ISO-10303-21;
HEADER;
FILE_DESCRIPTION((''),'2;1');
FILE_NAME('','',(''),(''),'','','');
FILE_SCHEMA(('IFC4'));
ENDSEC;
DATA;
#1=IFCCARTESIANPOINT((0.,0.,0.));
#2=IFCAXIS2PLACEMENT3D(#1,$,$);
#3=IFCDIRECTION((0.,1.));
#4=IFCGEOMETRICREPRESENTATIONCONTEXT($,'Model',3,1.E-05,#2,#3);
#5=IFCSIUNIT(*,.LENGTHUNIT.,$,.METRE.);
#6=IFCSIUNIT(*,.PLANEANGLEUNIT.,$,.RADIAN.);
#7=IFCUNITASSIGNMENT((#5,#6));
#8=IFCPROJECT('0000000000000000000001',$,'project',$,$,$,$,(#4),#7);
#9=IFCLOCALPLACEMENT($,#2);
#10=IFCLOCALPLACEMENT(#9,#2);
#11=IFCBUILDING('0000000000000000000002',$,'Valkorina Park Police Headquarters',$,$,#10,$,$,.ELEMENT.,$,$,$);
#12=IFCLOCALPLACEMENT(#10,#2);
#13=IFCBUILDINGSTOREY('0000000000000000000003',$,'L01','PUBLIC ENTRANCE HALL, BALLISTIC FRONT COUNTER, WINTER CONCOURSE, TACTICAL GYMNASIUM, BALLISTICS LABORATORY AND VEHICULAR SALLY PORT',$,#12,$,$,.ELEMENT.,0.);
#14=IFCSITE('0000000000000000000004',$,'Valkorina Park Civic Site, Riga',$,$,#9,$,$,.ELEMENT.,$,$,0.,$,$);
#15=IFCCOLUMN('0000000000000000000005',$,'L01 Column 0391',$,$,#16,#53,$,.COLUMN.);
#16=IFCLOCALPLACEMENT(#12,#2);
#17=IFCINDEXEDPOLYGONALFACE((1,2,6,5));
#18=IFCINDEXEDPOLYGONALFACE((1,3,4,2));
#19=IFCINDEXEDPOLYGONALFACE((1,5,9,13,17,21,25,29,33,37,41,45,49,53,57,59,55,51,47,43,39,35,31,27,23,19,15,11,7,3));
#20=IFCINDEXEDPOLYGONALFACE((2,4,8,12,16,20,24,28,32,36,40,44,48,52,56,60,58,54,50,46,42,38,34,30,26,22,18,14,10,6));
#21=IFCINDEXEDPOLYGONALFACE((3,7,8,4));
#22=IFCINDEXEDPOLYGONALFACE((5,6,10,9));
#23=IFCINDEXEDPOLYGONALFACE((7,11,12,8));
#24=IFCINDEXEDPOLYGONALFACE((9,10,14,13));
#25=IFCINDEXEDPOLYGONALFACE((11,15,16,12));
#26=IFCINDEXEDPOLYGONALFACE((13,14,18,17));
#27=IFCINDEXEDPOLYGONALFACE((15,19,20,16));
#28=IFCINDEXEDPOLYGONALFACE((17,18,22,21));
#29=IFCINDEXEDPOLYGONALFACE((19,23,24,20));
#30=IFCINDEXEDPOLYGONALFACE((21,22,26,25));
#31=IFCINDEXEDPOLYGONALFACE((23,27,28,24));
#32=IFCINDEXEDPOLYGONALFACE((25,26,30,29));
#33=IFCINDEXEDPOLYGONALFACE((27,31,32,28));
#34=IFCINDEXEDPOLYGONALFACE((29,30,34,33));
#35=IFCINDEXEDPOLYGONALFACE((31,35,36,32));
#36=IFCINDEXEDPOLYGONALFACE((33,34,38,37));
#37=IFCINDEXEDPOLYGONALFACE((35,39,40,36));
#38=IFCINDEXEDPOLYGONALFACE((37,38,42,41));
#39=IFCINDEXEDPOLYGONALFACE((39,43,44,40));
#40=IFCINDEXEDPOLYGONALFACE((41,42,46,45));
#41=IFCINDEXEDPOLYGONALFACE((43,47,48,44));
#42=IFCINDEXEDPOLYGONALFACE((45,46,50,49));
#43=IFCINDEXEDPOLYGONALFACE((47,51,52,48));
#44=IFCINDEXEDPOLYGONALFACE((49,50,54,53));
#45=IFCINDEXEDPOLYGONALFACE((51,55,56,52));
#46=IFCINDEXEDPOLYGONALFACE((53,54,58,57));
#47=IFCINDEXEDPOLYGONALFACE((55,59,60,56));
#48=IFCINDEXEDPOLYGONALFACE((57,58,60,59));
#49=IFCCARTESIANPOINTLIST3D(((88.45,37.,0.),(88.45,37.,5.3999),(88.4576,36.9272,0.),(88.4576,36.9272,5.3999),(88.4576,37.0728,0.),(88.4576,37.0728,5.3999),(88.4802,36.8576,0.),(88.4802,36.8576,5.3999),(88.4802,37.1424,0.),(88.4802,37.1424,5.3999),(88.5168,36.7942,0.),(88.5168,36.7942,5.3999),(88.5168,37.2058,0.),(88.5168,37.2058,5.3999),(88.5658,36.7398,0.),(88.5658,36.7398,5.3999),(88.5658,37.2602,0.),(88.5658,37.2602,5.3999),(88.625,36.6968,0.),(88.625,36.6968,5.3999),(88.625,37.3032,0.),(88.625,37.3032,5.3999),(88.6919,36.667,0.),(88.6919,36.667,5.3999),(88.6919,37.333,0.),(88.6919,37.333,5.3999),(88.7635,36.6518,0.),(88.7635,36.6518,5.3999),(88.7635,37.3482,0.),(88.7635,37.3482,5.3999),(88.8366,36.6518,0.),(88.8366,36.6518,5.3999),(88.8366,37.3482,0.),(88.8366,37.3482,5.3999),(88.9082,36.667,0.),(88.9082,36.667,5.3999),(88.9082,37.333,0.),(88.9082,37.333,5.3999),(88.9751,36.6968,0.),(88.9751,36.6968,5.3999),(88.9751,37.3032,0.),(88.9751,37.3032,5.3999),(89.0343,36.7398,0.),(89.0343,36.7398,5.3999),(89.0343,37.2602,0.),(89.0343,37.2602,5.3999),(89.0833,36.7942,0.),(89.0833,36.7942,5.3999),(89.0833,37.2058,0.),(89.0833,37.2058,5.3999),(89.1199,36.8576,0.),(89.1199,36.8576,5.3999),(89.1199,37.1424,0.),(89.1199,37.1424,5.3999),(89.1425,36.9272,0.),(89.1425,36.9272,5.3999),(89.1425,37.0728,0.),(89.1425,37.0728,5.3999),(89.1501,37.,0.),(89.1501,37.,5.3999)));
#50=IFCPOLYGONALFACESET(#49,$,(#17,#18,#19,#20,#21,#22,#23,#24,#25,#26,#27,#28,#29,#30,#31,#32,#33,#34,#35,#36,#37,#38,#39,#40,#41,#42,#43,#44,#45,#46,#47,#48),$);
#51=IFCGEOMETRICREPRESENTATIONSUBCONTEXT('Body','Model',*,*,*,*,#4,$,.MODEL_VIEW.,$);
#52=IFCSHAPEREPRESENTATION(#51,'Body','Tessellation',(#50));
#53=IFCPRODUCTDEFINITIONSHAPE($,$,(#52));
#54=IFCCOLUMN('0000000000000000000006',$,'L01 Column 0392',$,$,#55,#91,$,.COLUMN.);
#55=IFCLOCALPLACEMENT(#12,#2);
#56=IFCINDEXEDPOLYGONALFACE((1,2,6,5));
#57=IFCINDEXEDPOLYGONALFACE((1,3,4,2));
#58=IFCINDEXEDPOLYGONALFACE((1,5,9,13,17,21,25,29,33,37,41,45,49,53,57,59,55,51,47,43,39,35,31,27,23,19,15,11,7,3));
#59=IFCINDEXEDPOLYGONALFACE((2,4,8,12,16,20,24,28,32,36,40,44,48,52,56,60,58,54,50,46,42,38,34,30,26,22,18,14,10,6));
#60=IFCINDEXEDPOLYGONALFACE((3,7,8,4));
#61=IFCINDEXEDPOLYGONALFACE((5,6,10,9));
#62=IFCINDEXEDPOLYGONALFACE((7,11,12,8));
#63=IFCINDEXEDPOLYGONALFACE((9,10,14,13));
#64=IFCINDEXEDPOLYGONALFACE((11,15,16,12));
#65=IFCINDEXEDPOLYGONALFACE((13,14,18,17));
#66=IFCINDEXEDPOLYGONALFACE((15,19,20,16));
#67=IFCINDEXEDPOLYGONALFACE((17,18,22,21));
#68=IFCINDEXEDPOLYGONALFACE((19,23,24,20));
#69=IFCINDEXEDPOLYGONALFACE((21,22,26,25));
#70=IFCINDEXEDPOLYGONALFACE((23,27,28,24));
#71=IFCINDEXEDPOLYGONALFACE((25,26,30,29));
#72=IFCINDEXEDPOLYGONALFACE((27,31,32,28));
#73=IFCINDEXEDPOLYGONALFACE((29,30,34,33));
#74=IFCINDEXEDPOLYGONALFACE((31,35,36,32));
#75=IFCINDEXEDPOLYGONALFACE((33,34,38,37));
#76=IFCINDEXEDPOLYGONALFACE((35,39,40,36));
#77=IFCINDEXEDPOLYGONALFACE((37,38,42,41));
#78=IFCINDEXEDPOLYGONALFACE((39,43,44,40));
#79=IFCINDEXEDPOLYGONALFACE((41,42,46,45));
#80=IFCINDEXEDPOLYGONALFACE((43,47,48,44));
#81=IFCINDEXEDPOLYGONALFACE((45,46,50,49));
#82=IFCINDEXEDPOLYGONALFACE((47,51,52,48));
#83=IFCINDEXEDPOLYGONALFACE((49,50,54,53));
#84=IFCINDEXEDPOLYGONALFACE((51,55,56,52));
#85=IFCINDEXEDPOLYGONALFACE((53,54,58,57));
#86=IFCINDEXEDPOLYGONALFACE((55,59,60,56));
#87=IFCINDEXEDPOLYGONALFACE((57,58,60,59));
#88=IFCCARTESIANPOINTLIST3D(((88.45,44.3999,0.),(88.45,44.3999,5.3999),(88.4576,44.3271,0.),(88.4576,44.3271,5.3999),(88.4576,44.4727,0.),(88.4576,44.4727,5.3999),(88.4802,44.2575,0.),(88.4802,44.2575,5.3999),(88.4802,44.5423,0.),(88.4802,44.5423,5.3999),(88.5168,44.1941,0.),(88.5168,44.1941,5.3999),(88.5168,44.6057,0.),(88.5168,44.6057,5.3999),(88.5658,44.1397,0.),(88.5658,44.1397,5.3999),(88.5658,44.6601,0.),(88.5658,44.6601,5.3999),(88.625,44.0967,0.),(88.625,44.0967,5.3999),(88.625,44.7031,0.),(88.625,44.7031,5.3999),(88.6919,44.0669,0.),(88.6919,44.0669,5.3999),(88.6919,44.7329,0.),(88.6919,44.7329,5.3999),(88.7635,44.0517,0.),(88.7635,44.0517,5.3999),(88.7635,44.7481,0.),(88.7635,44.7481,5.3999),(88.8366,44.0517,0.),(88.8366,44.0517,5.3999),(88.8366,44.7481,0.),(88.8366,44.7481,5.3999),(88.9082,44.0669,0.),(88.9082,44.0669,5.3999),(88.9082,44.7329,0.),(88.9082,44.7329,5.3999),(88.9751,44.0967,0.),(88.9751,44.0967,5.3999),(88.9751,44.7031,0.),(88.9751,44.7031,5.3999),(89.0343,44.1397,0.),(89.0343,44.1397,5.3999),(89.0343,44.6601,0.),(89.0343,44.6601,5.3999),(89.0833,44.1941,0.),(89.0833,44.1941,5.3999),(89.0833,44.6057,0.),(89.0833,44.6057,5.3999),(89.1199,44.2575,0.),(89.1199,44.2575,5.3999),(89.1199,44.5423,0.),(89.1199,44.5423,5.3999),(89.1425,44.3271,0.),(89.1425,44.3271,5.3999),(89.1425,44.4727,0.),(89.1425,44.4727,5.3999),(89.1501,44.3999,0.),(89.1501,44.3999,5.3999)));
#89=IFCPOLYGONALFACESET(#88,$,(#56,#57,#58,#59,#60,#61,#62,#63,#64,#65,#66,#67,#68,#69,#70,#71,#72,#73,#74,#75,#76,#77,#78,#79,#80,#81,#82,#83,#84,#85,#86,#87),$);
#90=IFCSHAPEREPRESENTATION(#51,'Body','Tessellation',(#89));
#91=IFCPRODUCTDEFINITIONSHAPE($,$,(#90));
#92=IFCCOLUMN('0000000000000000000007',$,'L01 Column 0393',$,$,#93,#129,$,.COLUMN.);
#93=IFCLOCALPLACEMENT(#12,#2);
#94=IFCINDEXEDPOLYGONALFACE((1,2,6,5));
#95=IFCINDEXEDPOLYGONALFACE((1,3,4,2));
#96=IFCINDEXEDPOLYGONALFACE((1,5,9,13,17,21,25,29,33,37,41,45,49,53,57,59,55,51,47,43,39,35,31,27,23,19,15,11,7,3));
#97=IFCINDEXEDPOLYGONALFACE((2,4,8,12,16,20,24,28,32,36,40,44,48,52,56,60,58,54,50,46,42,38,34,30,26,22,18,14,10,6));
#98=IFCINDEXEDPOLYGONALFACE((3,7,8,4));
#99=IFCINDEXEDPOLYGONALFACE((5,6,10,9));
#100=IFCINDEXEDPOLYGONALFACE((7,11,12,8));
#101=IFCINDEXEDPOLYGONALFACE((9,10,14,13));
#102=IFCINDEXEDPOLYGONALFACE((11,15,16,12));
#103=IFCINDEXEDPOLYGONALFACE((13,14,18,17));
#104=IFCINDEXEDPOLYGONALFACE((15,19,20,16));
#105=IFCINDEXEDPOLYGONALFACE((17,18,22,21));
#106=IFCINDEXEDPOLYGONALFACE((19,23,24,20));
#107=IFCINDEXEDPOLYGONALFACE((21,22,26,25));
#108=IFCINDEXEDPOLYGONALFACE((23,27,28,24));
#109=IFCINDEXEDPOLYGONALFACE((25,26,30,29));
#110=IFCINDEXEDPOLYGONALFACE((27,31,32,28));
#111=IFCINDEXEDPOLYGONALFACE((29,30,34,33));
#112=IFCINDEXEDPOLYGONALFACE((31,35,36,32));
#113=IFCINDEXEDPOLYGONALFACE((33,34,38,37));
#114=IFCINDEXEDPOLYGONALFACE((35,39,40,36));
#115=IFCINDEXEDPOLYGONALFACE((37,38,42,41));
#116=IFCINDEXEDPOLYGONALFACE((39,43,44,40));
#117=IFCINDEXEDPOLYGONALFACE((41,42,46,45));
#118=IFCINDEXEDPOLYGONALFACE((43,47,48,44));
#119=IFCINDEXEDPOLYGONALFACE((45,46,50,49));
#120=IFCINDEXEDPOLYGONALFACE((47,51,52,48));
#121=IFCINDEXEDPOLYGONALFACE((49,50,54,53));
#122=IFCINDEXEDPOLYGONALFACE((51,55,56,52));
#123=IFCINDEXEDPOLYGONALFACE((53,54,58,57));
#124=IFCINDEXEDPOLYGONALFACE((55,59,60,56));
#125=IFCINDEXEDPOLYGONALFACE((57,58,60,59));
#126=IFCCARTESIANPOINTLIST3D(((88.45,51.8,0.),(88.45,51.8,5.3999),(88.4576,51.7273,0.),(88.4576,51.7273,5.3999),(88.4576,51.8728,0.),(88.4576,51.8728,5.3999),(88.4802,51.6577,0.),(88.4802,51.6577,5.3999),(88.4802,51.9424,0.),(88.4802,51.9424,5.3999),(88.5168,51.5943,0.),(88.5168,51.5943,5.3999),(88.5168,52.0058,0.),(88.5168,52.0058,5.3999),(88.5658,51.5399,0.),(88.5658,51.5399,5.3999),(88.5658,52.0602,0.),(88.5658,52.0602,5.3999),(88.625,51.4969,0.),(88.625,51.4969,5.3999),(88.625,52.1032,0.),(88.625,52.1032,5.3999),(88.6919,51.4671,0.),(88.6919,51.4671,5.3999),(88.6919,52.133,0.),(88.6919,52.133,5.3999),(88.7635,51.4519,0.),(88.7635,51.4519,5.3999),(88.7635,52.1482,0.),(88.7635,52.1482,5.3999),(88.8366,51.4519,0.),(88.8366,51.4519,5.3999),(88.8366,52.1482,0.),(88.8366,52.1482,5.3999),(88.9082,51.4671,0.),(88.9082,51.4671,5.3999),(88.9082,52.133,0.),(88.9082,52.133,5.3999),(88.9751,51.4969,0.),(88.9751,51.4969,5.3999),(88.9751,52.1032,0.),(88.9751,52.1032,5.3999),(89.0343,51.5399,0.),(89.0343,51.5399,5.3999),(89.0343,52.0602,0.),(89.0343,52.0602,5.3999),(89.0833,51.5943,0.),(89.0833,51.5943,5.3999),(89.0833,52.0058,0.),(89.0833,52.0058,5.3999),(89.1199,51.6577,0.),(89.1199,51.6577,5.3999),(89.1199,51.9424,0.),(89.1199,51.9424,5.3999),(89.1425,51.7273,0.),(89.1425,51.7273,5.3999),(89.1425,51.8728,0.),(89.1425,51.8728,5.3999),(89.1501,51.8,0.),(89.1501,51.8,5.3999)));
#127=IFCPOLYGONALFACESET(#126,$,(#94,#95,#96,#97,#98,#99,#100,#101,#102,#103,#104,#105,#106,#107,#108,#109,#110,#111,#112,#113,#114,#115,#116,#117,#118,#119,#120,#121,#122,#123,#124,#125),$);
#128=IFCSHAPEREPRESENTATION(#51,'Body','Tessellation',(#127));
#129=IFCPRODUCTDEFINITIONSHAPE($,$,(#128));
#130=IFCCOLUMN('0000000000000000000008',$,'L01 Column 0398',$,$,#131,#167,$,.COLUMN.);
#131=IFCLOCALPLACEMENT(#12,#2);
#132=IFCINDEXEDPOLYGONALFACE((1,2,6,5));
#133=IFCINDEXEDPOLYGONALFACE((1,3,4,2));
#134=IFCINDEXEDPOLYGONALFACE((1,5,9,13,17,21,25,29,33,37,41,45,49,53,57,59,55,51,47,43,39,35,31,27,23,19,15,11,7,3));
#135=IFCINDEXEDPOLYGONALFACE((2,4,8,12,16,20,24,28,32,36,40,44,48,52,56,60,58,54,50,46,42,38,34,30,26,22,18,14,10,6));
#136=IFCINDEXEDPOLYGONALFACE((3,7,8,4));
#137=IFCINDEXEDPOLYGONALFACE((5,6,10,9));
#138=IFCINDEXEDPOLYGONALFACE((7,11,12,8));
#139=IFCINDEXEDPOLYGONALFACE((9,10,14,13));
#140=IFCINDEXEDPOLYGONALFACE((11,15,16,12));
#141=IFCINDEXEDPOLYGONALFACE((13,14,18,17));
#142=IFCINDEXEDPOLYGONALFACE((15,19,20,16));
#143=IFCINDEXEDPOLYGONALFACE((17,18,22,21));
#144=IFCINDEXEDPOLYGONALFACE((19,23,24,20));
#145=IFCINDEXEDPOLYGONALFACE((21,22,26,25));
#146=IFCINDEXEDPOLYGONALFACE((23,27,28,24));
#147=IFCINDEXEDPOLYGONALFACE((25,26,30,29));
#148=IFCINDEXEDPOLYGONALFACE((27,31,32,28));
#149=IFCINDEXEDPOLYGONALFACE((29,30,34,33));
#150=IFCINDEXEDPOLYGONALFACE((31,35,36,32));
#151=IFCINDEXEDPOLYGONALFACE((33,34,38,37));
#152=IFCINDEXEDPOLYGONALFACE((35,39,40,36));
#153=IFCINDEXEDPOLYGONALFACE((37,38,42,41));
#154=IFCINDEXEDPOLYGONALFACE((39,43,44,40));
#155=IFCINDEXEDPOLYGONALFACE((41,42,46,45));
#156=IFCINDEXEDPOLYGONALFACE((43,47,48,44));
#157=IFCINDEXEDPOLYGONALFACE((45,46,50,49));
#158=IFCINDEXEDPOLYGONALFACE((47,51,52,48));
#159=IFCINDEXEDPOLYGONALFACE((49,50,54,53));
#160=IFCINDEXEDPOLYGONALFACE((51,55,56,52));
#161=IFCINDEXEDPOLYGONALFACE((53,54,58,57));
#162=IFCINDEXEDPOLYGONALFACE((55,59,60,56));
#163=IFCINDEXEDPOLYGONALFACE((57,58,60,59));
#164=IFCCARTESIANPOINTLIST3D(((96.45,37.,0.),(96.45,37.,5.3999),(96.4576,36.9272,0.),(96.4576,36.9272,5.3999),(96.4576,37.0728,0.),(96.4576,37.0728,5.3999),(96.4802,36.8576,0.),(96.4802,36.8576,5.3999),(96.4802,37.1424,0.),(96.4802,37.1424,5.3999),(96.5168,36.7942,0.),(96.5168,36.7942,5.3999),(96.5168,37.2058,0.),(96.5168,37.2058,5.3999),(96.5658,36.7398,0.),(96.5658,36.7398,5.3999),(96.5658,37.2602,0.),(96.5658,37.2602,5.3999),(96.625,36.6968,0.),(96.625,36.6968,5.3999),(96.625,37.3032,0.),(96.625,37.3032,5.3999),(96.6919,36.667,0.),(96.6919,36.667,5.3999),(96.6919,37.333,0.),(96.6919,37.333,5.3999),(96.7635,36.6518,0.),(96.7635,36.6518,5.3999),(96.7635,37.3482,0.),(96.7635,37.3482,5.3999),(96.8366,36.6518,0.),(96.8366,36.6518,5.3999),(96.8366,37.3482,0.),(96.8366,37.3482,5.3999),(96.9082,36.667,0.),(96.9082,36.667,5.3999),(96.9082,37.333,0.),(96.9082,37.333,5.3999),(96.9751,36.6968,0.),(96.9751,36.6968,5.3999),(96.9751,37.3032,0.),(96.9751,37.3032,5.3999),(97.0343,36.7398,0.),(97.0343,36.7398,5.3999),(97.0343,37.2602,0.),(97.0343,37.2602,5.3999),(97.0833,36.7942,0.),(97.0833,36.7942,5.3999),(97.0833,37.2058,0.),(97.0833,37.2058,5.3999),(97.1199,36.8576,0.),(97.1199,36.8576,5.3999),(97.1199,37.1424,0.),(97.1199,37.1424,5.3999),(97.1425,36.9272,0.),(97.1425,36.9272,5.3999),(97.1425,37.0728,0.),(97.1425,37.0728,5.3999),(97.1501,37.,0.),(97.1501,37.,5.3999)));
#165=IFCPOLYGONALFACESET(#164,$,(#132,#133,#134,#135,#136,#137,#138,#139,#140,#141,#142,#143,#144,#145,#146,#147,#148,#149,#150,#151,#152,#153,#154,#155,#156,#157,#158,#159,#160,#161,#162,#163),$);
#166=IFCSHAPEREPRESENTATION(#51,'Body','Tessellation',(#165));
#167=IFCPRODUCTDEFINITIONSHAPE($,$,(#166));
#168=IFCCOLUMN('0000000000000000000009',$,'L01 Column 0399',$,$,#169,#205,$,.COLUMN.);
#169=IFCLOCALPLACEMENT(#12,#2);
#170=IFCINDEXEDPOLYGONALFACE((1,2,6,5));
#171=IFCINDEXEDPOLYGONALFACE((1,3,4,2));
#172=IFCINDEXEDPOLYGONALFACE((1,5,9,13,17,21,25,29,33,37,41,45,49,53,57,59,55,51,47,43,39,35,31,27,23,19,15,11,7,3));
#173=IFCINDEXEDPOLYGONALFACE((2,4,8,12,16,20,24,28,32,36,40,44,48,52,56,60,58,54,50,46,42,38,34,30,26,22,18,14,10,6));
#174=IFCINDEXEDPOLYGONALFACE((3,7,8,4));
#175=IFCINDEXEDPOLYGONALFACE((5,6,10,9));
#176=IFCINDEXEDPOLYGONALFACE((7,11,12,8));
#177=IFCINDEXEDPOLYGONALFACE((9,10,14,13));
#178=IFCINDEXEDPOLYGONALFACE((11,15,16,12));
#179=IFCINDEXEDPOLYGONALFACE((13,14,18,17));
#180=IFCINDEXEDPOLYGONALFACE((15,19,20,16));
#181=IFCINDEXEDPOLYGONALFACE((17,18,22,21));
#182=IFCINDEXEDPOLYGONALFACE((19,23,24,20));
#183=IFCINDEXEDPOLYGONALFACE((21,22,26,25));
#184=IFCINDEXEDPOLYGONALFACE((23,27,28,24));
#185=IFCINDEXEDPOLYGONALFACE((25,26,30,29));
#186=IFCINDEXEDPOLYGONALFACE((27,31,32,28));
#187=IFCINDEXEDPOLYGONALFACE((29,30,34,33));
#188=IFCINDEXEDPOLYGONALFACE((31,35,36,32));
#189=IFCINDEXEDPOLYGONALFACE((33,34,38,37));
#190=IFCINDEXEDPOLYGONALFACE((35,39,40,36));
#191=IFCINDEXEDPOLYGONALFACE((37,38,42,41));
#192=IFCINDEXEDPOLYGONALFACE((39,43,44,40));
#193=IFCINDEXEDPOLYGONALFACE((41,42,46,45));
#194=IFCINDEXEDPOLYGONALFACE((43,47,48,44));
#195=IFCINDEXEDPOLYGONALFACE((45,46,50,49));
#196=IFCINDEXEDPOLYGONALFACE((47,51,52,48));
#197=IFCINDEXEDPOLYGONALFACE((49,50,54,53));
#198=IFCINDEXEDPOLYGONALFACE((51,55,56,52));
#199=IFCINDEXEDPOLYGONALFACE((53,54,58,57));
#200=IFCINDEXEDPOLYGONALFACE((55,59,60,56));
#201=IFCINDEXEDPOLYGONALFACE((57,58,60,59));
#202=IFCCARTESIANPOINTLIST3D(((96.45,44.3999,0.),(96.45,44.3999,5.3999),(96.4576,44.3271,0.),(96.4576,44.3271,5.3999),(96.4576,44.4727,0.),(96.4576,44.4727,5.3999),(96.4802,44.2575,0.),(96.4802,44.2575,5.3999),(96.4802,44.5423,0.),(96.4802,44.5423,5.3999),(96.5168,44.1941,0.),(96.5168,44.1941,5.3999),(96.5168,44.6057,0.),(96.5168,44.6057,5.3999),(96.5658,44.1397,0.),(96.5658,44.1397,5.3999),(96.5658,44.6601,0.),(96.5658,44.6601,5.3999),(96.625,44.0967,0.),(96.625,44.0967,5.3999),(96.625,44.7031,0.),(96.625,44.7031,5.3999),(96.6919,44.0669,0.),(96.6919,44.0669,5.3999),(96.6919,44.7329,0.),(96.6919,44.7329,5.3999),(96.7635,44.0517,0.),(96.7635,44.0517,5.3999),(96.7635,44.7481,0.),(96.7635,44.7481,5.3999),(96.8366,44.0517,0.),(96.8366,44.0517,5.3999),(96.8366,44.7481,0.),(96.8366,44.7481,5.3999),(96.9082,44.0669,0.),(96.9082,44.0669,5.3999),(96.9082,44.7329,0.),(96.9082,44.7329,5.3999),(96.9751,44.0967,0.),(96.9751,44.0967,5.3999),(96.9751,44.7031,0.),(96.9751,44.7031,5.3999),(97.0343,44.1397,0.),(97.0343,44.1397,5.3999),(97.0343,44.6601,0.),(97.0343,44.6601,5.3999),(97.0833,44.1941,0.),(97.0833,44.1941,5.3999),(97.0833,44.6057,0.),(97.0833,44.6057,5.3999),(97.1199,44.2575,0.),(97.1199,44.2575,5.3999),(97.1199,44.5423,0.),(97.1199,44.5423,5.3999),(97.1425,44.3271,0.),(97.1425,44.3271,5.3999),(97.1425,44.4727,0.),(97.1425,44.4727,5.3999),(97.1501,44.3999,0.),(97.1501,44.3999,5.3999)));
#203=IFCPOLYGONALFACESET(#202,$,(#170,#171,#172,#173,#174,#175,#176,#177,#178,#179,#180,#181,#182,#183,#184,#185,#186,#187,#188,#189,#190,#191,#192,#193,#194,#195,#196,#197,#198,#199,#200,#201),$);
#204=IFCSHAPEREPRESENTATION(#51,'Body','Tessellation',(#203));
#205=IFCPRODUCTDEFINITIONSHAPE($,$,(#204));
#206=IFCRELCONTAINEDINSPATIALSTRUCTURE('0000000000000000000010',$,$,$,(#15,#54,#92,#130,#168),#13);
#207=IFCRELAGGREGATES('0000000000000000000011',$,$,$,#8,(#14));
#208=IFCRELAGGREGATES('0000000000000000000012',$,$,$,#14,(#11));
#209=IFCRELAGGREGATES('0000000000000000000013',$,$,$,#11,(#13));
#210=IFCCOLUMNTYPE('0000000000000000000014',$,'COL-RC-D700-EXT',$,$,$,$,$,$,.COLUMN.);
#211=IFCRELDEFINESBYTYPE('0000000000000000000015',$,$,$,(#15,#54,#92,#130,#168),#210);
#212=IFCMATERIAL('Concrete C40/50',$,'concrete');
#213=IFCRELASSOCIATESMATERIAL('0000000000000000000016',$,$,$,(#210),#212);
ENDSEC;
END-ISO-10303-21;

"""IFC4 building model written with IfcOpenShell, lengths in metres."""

from ifc_helpers import new_model, si_unit, direction, frame, origin, origin_2d, place, context, subcontext, project, spatial, circle, extrude, material, material_profile, profile_set, type_object, element, save


model = new_model("IFC4")

# Units and contexts
model_context = context("Model", 3, precision=1e-05, world=origin(), true_north=direction((0.0, 1.0)))
body_context = subcontext(model_context, "Body", "Model", "MODEL_VIEW")
ifc_project = project(units=[si_unit("LENGTHUNIT", "METRE"), si_unit("PLANEANGLEUNIT", "RADIAN")], contexts=[model_context])

# Site, building, storey
site_placement = place(None, origin())
site = spatial("IfcSite", under=ifc_project, at=site_placement, Name="Valkorina Park Civic Site, Riga", CompositionType="ELEMENT", RefElevation=0.0)
building_placement = place(site_placement, origin())
building = spatial("IfcBuilding", under=site, at=building_placement, Name="Valkorina Park Police Headquarters", CompositionType="ELEMENT")
storey_placement = place(building_placement, origin())
storey = spatial("IfcBuildingStorey", under=building, at=storey_placement, Name="L01", Description="PUBLIC ENTRANCE HALL, BALLISTIC FRONT COUNTER, WINTER CONCOURSE, TACTICAL GYMNASIUM, BALLISTICS LABORATORY AND VEHICULAR SALLY PORT", CompositionType="ELEMENT", Elevation=0.0)

# Columns
ifc_material_1 = material(Name="Concrete C40/50", Category="concrete")
ifc_material_profile_1 = material_profile(ifc_material_1, circle(Radius=0.3501, at=origin_2d()), Name="RC COL D700")
ifc_profile_set_1 = profile_set([ifc_material_profile_1], Name="Concrete C40/50")
column_type = type_object("IfcColumnType", Name="COL-RC-D700-EXT", PredefinedType="COLUMN", material=ifc_profile_set_1)
for number, where, z_axis, x_axis, name in (
    (1, (88.8, 37.0, 0.0), (0.0, 0.0, 1.0), (1.0, 0.0, 0.0), "L01 Column 0391"),
    (2, (88.8, 44.3999, 0.0), (0.0, 0.0, 1.0), (1.0, 0.0, 0.0), "L01 Column 0392"),
    (3, (88.8, 51.8, 0.0), (0.0, 0.0, 1.0), (1.0, 0.0, 0.0), "L01 Column 0393"),
    (4, (96.8, 37.0, 0.0), (0.0, 0.0, 1.0), (1.0, 0.0, 0.0), "L01 Column 0398"),
    (5, (96.8, 44.3999, 0.0), (0.0, 0.0, 1.0), (1.0, 0.0, 0.0), "L01 Column 0399"),
):
    element("IfcColumn", number, at=place(storey_placement, frame(where, z_axis=z_axis, x_axis=x_axis)), inside=storey, type_object=column_type, Name=name, PredefinedType="COLUMN", context=body_context, shape_type="SweptSolid", body=[
        extrude(circle(Radius=0.3501, at=origin_2d()), origin(), (0.0, 0.0, 1.0), 5.3999),
    ])

save(model, "model.ifc")
